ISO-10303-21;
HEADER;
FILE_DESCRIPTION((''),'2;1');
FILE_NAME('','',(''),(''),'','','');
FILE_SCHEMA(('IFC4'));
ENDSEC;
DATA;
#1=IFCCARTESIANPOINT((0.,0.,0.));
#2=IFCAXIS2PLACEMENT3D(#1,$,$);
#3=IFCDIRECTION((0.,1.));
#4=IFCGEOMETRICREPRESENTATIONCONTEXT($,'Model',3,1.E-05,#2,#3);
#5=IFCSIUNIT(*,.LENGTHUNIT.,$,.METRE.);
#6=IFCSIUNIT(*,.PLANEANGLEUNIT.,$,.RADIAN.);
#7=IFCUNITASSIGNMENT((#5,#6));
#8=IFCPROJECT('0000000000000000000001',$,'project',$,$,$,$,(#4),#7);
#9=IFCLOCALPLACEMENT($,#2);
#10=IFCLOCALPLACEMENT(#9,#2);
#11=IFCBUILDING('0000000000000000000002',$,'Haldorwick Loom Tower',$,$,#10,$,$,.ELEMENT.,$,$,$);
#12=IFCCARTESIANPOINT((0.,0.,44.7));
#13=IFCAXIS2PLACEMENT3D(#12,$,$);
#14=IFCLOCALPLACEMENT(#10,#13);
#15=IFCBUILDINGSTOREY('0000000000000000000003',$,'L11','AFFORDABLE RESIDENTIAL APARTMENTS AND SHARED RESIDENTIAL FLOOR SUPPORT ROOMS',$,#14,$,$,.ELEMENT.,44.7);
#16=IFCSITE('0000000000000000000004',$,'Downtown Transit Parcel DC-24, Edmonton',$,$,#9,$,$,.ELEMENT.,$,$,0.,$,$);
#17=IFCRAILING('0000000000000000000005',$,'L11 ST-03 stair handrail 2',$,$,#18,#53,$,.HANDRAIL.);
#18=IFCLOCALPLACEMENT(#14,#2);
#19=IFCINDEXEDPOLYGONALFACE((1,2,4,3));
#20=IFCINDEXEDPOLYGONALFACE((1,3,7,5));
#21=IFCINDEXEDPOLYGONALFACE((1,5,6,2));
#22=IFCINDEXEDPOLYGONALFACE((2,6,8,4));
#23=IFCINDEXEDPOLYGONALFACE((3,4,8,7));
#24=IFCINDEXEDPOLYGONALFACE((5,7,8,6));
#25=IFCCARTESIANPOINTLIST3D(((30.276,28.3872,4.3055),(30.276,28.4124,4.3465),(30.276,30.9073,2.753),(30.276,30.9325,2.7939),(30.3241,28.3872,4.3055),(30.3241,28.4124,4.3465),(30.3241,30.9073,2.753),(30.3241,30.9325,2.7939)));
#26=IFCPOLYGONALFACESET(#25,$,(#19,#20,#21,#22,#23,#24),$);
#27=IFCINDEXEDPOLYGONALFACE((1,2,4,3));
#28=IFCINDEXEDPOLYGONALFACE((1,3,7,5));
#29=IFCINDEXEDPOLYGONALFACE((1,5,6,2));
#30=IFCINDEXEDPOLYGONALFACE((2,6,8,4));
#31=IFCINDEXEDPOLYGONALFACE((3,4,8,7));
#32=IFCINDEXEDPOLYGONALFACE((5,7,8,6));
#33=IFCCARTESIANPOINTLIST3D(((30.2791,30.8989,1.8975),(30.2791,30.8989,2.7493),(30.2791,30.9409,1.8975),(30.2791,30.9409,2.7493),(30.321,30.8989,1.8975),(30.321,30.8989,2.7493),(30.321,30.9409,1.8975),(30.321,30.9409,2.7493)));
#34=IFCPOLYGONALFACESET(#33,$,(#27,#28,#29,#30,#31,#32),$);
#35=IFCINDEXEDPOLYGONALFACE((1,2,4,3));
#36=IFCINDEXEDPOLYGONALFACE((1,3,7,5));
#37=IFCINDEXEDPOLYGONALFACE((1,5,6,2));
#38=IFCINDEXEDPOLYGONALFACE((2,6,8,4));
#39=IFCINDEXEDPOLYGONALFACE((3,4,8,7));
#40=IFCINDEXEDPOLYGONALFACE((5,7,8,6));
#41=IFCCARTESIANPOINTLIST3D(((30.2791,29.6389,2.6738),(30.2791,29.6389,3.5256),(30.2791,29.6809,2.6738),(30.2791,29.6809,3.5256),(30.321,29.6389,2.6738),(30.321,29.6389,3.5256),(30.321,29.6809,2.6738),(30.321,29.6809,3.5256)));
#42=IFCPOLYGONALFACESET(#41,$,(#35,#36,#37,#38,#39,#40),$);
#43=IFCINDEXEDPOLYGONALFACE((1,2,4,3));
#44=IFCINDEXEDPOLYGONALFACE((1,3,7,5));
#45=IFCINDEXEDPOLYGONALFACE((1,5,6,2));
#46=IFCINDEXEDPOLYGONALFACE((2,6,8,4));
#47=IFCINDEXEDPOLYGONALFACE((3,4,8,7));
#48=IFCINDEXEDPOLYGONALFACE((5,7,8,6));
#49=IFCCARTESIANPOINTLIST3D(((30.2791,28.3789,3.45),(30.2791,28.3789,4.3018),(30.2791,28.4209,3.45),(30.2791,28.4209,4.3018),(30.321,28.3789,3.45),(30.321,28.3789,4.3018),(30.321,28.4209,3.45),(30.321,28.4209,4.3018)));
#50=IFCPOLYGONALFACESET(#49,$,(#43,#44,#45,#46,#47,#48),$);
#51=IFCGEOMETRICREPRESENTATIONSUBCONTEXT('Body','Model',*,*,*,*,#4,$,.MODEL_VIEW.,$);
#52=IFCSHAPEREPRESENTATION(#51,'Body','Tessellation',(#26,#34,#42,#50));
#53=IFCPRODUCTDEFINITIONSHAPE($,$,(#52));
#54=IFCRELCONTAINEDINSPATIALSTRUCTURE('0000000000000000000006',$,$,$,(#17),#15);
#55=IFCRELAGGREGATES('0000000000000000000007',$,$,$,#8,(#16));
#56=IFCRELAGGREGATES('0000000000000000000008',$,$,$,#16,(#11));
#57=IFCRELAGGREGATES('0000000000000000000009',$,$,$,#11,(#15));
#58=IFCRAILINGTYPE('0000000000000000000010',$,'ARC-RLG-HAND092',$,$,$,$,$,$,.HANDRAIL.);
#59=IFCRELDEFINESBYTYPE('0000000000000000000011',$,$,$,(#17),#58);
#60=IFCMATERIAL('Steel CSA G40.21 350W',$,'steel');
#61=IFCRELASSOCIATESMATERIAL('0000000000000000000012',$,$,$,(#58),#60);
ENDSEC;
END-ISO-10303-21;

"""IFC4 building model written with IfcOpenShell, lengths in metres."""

from ifc_helpers import new_model, si_unit, direction, frame, origin, origin_2d, place, context, subcontext, project, spatial, rectangle, extrude, material, type_object, element, save


model = new_model("IFC4")

# Units and contexts
model_context = context("Model", 3, precision=1e-05, world=origin(), true_north=direction((0.0, 1.0)))
body_context = subcontext(model_context, "Body", "Model", "MODEL_VIEW")
ifc_project = project(units=[si_unit("LENGTHUNIT", "METRE"), si_unit("PLANEANGLEUNIT", "RADIAN")], contexts=[model_context])

# Site, building, storey
site_placement = place(None, origin())
site = spatial("IfcSite", under=ifc_project, at=site_placement, Name="Downtown Transit Parcel DC-24, Edmonton", CompositionType="ELEMENT", RefElevation=0.0)
building_placement = place(site_placement, origin())
building = spatial("IfcBuilding", under=site, at=building_placement, Name="Haldorwick Loom Tower", CompositionType="ELEMENT")
storey_placement = place(building_placement, frame((0.0, 0.0, 44.7)))
storey = spatial("IfcBuildingStorey", under=building, at=storey_placement, Name="L11", Description="AFFORDABLE RESIDENTIAL APARTMENTS AND SHARED RESIDENTIAL FLOOR SUPPORT ROOMS", CompositionType="ELEMENT", Elevation=44.7)

# Shared definitions
ifc_material_1 = material(Name="Steel CSA G40.21 350W", Category="steel")

# Railing
railing_type_1 = type_object("IfcRailingType", Name="ARC-RLG-HAND092", PredefinedType="HANDRAIL", material=ifc_material_1)
railing_1_placement = place(storey_placement, frame((30.3, 30.9199, 1.8975)))
element("IfcRailing", 1, at=railing_1_placement, inside=storey, type_object=railing_type_1, Name="L11 ST-03 stair handrail 2", PredefinedType="HANDRAIL", context=body_context, shape_type="SweptSolid", body=[
    extrude(rectangle(XDim=0.0481, YDim=0.0481, at=origin_2d()), frame((0.0, 0.0, 0.876), z_axis=(0.0, -0.8514, 0.524516), x_axis=(1.0, 0.0, 0.0)), (0.0, 0.0, 1.0), 2.96),
    extrude(rectangle(XDim=0.042, YDim=0.042, at=origin_2d()), origin(), (0.0, 0.0, 1.0), 0.8518),
    extrude(rectangle(XDim=0.042, YDim=0.042, at=origin_2d()), frame((0.0, -1.26, 0.7764)), (0.0, 0.0, 1.0), 0.8518),
    extrude(rectangle(XDim=0.042, YDim=0.042, at=origin_2d()), frame((0.0, -2.52, 1.5525)), (0.0, 0.0, 1.0), 0.8518),
])

save(model, "model.ifc")
